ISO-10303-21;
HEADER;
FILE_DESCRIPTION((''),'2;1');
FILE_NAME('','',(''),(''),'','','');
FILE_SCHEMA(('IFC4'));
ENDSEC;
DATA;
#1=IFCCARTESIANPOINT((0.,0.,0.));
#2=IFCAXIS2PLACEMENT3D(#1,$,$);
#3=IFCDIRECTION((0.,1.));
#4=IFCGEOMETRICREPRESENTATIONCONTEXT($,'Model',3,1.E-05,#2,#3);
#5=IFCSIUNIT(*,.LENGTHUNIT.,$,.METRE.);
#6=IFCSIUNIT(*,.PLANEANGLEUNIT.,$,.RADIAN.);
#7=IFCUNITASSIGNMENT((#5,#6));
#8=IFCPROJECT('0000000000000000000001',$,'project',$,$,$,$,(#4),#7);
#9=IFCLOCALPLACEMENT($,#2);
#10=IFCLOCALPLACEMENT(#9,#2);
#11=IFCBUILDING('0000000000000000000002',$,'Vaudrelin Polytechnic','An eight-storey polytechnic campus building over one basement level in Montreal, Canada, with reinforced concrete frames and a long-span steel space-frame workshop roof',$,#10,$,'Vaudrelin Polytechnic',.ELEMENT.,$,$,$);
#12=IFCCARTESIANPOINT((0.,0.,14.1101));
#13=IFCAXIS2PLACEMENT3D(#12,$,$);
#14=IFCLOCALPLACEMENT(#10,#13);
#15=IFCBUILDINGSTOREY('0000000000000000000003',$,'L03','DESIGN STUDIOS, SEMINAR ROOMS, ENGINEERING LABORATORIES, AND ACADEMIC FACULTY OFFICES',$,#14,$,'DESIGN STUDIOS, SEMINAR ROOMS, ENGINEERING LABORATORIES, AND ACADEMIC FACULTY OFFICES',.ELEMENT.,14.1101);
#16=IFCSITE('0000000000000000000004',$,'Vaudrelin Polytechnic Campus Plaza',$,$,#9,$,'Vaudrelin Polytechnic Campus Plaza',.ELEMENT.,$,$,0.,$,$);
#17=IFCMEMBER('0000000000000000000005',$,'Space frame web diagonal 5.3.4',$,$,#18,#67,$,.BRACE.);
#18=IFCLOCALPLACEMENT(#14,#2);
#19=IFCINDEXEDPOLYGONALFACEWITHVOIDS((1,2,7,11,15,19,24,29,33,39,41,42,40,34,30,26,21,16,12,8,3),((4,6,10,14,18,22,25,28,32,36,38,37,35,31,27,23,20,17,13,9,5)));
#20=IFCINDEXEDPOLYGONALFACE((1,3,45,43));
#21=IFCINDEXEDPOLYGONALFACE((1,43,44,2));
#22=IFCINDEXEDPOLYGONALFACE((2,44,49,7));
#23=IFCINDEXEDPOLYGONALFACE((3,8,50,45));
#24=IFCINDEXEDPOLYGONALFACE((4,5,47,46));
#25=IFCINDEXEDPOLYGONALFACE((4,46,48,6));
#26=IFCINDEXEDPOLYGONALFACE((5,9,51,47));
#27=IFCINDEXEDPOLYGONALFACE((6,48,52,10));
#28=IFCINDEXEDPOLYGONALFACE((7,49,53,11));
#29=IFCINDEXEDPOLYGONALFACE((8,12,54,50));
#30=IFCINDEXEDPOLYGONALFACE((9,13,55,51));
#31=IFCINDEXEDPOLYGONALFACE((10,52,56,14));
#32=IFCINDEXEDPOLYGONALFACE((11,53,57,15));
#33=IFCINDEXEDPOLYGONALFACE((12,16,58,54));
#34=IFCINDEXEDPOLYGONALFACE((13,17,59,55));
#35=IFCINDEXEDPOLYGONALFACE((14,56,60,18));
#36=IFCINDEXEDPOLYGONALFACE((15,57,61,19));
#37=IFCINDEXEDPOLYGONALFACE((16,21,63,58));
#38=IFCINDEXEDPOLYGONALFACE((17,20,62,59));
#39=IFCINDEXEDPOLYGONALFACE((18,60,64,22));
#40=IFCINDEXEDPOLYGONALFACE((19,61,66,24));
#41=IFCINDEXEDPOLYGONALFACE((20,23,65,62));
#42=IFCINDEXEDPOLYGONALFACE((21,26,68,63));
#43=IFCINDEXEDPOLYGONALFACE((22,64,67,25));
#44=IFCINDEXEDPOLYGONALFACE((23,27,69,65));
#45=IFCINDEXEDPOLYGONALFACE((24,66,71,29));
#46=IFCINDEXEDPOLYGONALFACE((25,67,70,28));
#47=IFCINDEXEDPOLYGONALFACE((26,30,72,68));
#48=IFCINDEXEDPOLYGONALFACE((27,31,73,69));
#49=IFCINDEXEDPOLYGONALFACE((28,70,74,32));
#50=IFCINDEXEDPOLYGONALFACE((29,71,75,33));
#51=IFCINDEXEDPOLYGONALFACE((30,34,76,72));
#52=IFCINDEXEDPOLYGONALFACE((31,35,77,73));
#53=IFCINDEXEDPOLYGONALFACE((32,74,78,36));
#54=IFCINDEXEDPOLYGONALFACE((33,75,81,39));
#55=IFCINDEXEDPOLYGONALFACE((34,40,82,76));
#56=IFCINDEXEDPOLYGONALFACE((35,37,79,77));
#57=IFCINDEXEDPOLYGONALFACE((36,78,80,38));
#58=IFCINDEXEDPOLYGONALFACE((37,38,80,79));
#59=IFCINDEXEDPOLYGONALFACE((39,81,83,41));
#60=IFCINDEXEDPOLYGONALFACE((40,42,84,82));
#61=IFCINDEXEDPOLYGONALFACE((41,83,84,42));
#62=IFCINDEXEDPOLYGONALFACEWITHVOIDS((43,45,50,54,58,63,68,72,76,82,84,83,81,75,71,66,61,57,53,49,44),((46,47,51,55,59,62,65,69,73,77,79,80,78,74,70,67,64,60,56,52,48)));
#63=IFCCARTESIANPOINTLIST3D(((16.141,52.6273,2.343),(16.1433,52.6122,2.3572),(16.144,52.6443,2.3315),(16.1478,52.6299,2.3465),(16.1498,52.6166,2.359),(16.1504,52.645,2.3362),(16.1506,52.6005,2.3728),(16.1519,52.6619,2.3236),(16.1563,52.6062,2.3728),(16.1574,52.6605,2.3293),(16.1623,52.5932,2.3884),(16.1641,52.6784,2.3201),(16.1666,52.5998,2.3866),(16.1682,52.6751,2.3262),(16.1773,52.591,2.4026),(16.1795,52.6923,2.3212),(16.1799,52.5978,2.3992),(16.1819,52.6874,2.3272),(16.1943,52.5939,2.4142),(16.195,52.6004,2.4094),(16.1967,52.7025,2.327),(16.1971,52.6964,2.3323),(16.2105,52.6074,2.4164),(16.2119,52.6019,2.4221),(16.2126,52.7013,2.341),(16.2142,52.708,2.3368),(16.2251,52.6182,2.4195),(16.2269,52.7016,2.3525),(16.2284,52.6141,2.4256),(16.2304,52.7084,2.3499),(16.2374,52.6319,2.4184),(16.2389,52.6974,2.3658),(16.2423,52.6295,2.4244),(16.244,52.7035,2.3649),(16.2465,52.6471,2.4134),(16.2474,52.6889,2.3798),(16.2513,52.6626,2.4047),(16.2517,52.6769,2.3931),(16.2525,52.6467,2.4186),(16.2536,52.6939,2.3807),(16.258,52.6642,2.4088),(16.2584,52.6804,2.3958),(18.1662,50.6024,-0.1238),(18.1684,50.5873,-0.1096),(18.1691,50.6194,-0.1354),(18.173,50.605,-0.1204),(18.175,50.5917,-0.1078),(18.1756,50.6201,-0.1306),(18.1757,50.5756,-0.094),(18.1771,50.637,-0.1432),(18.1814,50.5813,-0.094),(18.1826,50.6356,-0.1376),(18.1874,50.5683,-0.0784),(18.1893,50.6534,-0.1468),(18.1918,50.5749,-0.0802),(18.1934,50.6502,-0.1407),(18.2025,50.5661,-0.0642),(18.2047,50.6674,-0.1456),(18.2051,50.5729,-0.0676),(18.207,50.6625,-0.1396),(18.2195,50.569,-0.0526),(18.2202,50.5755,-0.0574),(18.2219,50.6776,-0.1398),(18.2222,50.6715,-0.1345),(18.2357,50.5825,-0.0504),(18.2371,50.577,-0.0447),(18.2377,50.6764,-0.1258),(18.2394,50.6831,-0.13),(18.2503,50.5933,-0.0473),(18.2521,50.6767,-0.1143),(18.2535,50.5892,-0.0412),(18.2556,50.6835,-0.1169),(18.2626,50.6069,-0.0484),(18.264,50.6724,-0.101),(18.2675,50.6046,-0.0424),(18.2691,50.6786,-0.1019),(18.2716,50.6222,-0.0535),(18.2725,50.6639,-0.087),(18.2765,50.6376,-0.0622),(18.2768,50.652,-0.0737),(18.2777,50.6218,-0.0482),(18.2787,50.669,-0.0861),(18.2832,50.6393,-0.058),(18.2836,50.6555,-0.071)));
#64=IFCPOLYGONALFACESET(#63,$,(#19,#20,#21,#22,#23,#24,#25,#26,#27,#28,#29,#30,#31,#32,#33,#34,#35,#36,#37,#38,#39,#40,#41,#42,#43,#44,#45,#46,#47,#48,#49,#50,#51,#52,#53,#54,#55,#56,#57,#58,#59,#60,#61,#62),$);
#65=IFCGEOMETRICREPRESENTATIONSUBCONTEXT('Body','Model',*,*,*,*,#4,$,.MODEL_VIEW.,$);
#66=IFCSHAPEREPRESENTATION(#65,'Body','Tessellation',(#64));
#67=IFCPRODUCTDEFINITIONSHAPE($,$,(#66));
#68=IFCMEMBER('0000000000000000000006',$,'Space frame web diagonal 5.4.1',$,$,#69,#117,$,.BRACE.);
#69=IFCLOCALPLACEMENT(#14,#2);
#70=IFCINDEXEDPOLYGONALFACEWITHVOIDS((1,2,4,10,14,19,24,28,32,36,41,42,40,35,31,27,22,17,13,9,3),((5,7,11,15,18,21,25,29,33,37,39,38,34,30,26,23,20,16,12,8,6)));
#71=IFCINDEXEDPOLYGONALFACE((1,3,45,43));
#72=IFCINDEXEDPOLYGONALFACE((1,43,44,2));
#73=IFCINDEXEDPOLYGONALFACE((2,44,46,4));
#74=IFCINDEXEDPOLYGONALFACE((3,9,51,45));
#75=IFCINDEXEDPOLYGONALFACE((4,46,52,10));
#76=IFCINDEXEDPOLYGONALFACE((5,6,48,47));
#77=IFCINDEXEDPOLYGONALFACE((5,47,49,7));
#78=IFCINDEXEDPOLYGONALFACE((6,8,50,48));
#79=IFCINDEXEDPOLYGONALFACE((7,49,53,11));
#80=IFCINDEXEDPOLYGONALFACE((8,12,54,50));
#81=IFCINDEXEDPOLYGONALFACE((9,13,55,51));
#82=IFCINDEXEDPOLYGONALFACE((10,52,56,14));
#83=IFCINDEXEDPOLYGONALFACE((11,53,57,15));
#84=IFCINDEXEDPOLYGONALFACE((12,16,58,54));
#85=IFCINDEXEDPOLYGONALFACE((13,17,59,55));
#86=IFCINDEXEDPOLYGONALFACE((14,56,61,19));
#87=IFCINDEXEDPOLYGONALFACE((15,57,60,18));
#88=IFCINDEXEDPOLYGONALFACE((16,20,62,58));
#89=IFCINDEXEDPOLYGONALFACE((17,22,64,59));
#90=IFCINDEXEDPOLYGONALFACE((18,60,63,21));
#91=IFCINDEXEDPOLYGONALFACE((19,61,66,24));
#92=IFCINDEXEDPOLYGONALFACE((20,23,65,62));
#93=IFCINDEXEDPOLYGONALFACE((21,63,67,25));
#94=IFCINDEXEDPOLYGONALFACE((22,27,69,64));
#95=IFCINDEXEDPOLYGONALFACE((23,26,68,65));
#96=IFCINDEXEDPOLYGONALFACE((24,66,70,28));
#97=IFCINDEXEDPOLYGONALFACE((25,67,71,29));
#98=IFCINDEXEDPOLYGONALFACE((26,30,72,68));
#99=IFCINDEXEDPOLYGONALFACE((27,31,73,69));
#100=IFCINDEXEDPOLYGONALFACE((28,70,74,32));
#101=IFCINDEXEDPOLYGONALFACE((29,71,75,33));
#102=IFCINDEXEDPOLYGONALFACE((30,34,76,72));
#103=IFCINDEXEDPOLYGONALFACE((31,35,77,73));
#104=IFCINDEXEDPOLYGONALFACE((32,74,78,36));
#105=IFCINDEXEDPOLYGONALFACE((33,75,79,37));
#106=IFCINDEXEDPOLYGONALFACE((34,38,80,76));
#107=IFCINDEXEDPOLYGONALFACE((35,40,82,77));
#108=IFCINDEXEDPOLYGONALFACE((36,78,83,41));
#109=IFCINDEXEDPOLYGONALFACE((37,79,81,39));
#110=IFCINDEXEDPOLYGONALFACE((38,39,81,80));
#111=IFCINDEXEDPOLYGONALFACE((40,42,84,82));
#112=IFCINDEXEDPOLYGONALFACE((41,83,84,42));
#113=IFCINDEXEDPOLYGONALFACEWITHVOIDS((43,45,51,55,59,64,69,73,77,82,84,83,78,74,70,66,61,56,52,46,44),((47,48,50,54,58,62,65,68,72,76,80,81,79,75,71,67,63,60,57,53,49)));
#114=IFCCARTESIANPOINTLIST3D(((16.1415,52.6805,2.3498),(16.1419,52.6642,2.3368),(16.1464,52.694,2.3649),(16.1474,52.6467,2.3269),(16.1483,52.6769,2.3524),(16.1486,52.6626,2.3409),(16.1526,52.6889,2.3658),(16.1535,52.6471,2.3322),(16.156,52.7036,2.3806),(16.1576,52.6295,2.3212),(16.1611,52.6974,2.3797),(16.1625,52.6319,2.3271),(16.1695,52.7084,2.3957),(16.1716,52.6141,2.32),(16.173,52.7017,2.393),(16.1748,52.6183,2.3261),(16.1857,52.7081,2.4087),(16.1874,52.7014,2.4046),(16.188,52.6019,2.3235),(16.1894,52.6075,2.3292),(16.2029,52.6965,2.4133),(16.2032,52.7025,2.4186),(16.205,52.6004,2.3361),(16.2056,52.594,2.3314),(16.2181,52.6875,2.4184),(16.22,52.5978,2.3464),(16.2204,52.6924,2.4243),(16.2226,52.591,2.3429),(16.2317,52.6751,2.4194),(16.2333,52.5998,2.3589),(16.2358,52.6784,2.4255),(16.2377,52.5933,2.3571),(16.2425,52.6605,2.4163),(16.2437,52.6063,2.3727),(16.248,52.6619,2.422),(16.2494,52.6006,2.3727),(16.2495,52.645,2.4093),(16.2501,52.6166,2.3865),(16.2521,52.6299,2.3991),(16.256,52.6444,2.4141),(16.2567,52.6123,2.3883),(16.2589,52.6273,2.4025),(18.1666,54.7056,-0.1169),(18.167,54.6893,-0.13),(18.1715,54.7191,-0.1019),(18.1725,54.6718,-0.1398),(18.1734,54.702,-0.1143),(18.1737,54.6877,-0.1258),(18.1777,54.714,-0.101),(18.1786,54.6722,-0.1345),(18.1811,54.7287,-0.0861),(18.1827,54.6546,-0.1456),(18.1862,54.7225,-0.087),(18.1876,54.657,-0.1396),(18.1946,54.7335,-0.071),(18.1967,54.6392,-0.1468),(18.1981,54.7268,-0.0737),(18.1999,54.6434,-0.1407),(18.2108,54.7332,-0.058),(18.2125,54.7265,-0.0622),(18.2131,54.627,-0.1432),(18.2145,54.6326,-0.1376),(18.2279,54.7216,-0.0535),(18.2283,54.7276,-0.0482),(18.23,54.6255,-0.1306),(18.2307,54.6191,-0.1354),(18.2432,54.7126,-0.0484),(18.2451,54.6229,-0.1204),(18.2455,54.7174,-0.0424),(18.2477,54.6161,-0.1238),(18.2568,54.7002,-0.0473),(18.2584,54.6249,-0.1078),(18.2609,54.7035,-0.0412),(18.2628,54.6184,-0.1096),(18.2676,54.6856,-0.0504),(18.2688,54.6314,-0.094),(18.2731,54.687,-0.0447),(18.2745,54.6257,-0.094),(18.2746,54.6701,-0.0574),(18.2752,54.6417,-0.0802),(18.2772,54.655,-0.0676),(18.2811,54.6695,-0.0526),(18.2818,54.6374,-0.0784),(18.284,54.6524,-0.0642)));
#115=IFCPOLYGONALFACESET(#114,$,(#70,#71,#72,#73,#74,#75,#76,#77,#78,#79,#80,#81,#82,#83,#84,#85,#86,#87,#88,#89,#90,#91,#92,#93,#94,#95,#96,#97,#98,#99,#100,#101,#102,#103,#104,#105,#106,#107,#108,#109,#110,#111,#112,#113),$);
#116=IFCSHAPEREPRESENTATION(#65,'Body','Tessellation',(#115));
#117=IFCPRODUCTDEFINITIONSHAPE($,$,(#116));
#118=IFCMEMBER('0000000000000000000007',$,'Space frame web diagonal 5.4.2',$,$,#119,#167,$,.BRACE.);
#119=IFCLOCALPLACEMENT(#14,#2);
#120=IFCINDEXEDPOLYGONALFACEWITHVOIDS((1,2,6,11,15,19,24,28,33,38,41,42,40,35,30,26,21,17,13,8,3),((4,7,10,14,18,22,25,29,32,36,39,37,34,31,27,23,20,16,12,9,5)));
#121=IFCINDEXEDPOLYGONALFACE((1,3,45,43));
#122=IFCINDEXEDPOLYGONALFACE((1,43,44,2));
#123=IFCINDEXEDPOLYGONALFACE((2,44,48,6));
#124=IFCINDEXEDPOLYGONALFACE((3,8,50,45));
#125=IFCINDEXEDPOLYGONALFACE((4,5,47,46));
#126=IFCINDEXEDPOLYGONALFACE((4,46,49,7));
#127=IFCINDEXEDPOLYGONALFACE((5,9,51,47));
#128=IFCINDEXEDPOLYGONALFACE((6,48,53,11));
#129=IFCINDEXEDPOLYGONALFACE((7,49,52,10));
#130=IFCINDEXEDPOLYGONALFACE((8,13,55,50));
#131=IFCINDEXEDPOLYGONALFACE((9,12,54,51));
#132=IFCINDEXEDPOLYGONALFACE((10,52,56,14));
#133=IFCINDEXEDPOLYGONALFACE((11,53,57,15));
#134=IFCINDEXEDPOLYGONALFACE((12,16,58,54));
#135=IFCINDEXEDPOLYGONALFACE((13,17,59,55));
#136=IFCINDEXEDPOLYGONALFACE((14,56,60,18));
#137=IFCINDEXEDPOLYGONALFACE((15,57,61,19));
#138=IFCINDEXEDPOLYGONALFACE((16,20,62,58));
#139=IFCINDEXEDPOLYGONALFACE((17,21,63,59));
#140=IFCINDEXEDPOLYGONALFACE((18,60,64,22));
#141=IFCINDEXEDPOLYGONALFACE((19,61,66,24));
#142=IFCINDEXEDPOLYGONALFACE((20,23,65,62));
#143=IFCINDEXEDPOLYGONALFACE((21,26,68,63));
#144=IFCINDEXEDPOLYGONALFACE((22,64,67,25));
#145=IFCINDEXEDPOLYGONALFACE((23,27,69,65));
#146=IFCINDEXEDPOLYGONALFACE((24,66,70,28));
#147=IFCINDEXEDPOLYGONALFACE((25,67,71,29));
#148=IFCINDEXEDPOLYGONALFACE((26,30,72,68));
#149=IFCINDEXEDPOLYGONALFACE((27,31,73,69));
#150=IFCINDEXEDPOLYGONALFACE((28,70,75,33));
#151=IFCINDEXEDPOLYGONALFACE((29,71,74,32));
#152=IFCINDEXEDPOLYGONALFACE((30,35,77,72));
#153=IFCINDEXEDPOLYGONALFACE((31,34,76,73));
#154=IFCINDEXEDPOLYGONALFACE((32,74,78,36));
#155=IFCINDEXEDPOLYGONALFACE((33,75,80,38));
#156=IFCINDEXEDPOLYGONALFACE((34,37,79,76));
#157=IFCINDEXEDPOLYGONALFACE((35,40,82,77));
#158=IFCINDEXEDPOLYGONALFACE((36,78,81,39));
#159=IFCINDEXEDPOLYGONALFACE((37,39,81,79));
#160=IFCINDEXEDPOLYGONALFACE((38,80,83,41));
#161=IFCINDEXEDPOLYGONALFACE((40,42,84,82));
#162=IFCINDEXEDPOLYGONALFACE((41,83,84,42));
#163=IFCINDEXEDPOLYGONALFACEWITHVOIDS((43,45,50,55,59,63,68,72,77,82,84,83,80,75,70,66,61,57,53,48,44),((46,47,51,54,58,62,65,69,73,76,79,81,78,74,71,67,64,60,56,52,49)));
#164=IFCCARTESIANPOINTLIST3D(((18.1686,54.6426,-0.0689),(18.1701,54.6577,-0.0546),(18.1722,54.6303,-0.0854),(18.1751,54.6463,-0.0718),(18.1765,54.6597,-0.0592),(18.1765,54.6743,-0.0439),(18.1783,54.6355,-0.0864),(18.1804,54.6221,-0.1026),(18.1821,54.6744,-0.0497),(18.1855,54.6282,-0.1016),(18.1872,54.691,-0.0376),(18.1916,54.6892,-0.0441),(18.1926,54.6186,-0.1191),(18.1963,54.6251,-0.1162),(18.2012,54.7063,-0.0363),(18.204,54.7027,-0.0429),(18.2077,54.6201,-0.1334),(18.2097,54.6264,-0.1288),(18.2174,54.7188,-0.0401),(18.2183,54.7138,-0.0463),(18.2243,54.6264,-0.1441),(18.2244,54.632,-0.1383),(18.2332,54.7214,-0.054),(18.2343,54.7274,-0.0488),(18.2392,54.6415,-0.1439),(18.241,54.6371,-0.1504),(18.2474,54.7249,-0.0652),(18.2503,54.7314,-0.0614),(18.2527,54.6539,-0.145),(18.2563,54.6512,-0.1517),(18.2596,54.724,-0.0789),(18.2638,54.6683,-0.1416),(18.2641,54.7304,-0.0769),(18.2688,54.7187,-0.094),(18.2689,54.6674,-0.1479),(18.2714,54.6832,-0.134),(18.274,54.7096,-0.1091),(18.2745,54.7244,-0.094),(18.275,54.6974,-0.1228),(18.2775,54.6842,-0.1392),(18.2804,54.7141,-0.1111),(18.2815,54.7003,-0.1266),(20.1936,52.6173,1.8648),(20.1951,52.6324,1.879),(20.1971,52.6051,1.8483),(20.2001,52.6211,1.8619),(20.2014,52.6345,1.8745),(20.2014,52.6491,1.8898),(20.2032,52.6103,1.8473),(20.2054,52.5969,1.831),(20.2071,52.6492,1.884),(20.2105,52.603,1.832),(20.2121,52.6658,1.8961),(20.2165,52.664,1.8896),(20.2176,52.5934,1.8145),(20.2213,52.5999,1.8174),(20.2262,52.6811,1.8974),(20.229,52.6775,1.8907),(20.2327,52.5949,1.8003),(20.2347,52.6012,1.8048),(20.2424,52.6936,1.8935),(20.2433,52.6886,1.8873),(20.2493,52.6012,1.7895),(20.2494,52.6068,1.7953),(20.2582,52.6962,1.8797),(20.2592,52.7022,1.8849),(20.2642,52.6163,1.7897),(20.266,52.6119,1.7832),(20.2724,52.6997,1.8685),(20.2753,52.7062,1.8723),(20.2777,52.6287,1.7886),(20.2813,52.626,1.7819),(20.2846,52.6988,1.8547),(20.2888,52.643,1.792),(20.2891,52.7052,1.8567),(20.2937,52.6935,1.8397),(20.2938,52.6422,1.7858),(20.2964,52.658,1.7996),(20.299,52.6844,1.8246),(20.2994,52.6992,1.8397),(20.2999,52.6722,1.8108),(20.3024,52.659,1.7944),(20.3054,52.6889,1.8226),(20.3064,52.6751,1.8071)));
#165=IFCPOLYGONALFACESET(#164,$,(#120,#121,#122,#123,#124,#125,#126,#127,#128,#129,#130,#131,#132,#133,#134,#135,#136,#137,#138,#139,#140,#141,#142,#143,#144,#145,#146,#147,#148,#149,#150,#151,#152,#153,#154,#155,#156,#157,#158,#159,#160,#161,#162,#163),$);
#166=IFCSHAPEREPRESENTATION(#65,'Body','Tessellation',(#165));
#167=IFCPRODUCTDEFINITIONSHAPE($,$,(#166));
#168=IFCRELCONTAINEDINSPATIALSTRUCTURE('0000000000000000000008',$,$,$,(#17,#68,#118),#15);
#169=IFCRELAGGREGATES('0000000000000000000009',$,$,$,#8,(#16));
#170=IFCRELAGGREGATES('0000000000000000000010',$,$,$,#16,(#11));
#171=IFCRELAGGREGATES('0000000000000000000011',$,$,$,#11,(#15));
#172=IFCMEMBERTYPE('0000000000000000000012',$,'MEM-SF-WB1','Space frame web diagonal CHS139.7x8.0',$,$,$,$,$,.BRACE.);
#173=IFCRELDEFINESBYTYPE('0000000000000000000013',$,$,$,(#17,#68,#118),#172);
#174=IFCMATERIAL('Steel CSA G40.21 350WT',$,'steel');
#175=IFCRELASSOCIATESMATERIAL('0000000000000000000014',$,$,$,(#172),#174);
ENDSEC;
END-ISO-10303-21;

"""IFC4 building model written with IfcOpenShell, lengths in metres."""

from ifc_helpers import new_model, si_unit, direction, frame, origin, origin_2d, place, context, subcontext, project, spatial, hollow_circle, extrude, material, material_profile, profile_set, type_object, element, save


model = new_model("IFC4")

# Units and contexts
model_context = context("Model", 3, precision=1e-05, world=origin(), true_north=direction((0.0, 1.0)))
body_context = subcontext(model_context, "Body", "Model", "MODEL_VIEW")
ifc_project = project(units=[si_unit("LENGTHUNIT", "METRE"), si_unit("PLANEANGLEUNIT", "RADIAN")], contexts=[model_context])

# Site, building, storey
site_placement = place(None, origin())
site = spatial("IfcSite", under=ifc_project, at=site_placement, Name="Vaudrelin Polytechnic Campus Plaza", LongName="Vaudrelin Polytechnic Campus Plaza", CompositionType="ELEMENT", RefElevation=0.0)
building_placement = place(site_placement, origin())
building = spatial("IfcBuilding", under=site, at=building_placement, Name="Vaudrelin Polytechnic", Description="An eight-storey polytechnic campus building over one basement level in Montreal, Canada, with reinforced concrete frames and a long-span steel space-frame workshop roof", LongName="Vaudrelin Polytechnic", CompositionType="ELEMENT")
storey_placement = place(building_placement, frame((0.0, 0.0, 14.1101)))
storey = spatial("IfcBuildingStorey", under=building, at=storey_placement, Name="L03", Description="DESIGN STUDIOS, SEMINAR ROOMS, ENGINEERING LABORATORIES, AND ACADEMIC FACULTY OFFICES", LongName="DESIGN STUDIOS, SEMINAR ROOMS, ENGINEERING LABORATORIES, AND ACADEMIC FACULTY OFFICES", CompositionType="ELEMENT", Elevation=14.1101)

# Members
ifc_material = material(Name="Steel CSA G40.21 350WT", Category="steel")
ifc_material_profile_1 = material_profile(ifc_material, hollow_circle(Radius=0.0698, WallThickness=0.0081, at=origin_2d()), Name="CHS139.7x8.0")
ifc_profile_set_1 = profile_set([ifc_material_profile_1], Name="Steel CSA G40.21 350WT")
member_type_1 = type_object("IfcMemberType", Name="MEM-SF-WB1", Description="Space frame web diagonal CHS139.7x8.0", PredefinedType="BRACE", material=ifc_profile_set_1)
for number, where, z_axis, x_axis, name in (
    (1, (18.2251, 50.625, -0.094), (-0.535788, 0.535723, 0.652634), (-0.707064, -0.707149, 0.0), "Space frame web diagonal 5.3.4"),
    (2, (18.2251, 54.675, -0.094), (-0.535769, -0.535769, 0.652612), (0.707107, -0.707107, 0.0), "Space frame web diagonal 5.4.1"),
):
    element("IfcMember", number, at=place(storey_placement, frame(where, z_axis=z_axis, x_axis=x_axis)), inside=storey, type_object=member_type_1, Name=name, PredefinedType="BRACE", context=body_context, shape_type="SweptSolid", body=[
        extrude(hollow_circle(Radius=0.0698, WallThickness=0.0081, at=origin_2d()), origin(), (0.0, 0.0, 1.0), 3.7798),
    ])
member_1_placement = place(storey_placement, frame((18.2251, 54.675, -0.094), z_axis=(0.586, -0.586071, 0.559576), x_axis=(0.707149, 0.707064, 0.0)))
element("IfcMember", 3, at=member_1_placement, inside=storey, type_object=member_type_1, Name="Space frame web diagonal 5.4.2", PredefinedType="BRACE", context=body_context, shape_type="SweptSolid", body=[
    extrude(hollow_circle(Radius=0.0698, WallThickness=0.0081, at=origin_2d()), origin(), (0.0, 0.0, 1.0), 3.4556),
])

save(model, "model.ifc")
